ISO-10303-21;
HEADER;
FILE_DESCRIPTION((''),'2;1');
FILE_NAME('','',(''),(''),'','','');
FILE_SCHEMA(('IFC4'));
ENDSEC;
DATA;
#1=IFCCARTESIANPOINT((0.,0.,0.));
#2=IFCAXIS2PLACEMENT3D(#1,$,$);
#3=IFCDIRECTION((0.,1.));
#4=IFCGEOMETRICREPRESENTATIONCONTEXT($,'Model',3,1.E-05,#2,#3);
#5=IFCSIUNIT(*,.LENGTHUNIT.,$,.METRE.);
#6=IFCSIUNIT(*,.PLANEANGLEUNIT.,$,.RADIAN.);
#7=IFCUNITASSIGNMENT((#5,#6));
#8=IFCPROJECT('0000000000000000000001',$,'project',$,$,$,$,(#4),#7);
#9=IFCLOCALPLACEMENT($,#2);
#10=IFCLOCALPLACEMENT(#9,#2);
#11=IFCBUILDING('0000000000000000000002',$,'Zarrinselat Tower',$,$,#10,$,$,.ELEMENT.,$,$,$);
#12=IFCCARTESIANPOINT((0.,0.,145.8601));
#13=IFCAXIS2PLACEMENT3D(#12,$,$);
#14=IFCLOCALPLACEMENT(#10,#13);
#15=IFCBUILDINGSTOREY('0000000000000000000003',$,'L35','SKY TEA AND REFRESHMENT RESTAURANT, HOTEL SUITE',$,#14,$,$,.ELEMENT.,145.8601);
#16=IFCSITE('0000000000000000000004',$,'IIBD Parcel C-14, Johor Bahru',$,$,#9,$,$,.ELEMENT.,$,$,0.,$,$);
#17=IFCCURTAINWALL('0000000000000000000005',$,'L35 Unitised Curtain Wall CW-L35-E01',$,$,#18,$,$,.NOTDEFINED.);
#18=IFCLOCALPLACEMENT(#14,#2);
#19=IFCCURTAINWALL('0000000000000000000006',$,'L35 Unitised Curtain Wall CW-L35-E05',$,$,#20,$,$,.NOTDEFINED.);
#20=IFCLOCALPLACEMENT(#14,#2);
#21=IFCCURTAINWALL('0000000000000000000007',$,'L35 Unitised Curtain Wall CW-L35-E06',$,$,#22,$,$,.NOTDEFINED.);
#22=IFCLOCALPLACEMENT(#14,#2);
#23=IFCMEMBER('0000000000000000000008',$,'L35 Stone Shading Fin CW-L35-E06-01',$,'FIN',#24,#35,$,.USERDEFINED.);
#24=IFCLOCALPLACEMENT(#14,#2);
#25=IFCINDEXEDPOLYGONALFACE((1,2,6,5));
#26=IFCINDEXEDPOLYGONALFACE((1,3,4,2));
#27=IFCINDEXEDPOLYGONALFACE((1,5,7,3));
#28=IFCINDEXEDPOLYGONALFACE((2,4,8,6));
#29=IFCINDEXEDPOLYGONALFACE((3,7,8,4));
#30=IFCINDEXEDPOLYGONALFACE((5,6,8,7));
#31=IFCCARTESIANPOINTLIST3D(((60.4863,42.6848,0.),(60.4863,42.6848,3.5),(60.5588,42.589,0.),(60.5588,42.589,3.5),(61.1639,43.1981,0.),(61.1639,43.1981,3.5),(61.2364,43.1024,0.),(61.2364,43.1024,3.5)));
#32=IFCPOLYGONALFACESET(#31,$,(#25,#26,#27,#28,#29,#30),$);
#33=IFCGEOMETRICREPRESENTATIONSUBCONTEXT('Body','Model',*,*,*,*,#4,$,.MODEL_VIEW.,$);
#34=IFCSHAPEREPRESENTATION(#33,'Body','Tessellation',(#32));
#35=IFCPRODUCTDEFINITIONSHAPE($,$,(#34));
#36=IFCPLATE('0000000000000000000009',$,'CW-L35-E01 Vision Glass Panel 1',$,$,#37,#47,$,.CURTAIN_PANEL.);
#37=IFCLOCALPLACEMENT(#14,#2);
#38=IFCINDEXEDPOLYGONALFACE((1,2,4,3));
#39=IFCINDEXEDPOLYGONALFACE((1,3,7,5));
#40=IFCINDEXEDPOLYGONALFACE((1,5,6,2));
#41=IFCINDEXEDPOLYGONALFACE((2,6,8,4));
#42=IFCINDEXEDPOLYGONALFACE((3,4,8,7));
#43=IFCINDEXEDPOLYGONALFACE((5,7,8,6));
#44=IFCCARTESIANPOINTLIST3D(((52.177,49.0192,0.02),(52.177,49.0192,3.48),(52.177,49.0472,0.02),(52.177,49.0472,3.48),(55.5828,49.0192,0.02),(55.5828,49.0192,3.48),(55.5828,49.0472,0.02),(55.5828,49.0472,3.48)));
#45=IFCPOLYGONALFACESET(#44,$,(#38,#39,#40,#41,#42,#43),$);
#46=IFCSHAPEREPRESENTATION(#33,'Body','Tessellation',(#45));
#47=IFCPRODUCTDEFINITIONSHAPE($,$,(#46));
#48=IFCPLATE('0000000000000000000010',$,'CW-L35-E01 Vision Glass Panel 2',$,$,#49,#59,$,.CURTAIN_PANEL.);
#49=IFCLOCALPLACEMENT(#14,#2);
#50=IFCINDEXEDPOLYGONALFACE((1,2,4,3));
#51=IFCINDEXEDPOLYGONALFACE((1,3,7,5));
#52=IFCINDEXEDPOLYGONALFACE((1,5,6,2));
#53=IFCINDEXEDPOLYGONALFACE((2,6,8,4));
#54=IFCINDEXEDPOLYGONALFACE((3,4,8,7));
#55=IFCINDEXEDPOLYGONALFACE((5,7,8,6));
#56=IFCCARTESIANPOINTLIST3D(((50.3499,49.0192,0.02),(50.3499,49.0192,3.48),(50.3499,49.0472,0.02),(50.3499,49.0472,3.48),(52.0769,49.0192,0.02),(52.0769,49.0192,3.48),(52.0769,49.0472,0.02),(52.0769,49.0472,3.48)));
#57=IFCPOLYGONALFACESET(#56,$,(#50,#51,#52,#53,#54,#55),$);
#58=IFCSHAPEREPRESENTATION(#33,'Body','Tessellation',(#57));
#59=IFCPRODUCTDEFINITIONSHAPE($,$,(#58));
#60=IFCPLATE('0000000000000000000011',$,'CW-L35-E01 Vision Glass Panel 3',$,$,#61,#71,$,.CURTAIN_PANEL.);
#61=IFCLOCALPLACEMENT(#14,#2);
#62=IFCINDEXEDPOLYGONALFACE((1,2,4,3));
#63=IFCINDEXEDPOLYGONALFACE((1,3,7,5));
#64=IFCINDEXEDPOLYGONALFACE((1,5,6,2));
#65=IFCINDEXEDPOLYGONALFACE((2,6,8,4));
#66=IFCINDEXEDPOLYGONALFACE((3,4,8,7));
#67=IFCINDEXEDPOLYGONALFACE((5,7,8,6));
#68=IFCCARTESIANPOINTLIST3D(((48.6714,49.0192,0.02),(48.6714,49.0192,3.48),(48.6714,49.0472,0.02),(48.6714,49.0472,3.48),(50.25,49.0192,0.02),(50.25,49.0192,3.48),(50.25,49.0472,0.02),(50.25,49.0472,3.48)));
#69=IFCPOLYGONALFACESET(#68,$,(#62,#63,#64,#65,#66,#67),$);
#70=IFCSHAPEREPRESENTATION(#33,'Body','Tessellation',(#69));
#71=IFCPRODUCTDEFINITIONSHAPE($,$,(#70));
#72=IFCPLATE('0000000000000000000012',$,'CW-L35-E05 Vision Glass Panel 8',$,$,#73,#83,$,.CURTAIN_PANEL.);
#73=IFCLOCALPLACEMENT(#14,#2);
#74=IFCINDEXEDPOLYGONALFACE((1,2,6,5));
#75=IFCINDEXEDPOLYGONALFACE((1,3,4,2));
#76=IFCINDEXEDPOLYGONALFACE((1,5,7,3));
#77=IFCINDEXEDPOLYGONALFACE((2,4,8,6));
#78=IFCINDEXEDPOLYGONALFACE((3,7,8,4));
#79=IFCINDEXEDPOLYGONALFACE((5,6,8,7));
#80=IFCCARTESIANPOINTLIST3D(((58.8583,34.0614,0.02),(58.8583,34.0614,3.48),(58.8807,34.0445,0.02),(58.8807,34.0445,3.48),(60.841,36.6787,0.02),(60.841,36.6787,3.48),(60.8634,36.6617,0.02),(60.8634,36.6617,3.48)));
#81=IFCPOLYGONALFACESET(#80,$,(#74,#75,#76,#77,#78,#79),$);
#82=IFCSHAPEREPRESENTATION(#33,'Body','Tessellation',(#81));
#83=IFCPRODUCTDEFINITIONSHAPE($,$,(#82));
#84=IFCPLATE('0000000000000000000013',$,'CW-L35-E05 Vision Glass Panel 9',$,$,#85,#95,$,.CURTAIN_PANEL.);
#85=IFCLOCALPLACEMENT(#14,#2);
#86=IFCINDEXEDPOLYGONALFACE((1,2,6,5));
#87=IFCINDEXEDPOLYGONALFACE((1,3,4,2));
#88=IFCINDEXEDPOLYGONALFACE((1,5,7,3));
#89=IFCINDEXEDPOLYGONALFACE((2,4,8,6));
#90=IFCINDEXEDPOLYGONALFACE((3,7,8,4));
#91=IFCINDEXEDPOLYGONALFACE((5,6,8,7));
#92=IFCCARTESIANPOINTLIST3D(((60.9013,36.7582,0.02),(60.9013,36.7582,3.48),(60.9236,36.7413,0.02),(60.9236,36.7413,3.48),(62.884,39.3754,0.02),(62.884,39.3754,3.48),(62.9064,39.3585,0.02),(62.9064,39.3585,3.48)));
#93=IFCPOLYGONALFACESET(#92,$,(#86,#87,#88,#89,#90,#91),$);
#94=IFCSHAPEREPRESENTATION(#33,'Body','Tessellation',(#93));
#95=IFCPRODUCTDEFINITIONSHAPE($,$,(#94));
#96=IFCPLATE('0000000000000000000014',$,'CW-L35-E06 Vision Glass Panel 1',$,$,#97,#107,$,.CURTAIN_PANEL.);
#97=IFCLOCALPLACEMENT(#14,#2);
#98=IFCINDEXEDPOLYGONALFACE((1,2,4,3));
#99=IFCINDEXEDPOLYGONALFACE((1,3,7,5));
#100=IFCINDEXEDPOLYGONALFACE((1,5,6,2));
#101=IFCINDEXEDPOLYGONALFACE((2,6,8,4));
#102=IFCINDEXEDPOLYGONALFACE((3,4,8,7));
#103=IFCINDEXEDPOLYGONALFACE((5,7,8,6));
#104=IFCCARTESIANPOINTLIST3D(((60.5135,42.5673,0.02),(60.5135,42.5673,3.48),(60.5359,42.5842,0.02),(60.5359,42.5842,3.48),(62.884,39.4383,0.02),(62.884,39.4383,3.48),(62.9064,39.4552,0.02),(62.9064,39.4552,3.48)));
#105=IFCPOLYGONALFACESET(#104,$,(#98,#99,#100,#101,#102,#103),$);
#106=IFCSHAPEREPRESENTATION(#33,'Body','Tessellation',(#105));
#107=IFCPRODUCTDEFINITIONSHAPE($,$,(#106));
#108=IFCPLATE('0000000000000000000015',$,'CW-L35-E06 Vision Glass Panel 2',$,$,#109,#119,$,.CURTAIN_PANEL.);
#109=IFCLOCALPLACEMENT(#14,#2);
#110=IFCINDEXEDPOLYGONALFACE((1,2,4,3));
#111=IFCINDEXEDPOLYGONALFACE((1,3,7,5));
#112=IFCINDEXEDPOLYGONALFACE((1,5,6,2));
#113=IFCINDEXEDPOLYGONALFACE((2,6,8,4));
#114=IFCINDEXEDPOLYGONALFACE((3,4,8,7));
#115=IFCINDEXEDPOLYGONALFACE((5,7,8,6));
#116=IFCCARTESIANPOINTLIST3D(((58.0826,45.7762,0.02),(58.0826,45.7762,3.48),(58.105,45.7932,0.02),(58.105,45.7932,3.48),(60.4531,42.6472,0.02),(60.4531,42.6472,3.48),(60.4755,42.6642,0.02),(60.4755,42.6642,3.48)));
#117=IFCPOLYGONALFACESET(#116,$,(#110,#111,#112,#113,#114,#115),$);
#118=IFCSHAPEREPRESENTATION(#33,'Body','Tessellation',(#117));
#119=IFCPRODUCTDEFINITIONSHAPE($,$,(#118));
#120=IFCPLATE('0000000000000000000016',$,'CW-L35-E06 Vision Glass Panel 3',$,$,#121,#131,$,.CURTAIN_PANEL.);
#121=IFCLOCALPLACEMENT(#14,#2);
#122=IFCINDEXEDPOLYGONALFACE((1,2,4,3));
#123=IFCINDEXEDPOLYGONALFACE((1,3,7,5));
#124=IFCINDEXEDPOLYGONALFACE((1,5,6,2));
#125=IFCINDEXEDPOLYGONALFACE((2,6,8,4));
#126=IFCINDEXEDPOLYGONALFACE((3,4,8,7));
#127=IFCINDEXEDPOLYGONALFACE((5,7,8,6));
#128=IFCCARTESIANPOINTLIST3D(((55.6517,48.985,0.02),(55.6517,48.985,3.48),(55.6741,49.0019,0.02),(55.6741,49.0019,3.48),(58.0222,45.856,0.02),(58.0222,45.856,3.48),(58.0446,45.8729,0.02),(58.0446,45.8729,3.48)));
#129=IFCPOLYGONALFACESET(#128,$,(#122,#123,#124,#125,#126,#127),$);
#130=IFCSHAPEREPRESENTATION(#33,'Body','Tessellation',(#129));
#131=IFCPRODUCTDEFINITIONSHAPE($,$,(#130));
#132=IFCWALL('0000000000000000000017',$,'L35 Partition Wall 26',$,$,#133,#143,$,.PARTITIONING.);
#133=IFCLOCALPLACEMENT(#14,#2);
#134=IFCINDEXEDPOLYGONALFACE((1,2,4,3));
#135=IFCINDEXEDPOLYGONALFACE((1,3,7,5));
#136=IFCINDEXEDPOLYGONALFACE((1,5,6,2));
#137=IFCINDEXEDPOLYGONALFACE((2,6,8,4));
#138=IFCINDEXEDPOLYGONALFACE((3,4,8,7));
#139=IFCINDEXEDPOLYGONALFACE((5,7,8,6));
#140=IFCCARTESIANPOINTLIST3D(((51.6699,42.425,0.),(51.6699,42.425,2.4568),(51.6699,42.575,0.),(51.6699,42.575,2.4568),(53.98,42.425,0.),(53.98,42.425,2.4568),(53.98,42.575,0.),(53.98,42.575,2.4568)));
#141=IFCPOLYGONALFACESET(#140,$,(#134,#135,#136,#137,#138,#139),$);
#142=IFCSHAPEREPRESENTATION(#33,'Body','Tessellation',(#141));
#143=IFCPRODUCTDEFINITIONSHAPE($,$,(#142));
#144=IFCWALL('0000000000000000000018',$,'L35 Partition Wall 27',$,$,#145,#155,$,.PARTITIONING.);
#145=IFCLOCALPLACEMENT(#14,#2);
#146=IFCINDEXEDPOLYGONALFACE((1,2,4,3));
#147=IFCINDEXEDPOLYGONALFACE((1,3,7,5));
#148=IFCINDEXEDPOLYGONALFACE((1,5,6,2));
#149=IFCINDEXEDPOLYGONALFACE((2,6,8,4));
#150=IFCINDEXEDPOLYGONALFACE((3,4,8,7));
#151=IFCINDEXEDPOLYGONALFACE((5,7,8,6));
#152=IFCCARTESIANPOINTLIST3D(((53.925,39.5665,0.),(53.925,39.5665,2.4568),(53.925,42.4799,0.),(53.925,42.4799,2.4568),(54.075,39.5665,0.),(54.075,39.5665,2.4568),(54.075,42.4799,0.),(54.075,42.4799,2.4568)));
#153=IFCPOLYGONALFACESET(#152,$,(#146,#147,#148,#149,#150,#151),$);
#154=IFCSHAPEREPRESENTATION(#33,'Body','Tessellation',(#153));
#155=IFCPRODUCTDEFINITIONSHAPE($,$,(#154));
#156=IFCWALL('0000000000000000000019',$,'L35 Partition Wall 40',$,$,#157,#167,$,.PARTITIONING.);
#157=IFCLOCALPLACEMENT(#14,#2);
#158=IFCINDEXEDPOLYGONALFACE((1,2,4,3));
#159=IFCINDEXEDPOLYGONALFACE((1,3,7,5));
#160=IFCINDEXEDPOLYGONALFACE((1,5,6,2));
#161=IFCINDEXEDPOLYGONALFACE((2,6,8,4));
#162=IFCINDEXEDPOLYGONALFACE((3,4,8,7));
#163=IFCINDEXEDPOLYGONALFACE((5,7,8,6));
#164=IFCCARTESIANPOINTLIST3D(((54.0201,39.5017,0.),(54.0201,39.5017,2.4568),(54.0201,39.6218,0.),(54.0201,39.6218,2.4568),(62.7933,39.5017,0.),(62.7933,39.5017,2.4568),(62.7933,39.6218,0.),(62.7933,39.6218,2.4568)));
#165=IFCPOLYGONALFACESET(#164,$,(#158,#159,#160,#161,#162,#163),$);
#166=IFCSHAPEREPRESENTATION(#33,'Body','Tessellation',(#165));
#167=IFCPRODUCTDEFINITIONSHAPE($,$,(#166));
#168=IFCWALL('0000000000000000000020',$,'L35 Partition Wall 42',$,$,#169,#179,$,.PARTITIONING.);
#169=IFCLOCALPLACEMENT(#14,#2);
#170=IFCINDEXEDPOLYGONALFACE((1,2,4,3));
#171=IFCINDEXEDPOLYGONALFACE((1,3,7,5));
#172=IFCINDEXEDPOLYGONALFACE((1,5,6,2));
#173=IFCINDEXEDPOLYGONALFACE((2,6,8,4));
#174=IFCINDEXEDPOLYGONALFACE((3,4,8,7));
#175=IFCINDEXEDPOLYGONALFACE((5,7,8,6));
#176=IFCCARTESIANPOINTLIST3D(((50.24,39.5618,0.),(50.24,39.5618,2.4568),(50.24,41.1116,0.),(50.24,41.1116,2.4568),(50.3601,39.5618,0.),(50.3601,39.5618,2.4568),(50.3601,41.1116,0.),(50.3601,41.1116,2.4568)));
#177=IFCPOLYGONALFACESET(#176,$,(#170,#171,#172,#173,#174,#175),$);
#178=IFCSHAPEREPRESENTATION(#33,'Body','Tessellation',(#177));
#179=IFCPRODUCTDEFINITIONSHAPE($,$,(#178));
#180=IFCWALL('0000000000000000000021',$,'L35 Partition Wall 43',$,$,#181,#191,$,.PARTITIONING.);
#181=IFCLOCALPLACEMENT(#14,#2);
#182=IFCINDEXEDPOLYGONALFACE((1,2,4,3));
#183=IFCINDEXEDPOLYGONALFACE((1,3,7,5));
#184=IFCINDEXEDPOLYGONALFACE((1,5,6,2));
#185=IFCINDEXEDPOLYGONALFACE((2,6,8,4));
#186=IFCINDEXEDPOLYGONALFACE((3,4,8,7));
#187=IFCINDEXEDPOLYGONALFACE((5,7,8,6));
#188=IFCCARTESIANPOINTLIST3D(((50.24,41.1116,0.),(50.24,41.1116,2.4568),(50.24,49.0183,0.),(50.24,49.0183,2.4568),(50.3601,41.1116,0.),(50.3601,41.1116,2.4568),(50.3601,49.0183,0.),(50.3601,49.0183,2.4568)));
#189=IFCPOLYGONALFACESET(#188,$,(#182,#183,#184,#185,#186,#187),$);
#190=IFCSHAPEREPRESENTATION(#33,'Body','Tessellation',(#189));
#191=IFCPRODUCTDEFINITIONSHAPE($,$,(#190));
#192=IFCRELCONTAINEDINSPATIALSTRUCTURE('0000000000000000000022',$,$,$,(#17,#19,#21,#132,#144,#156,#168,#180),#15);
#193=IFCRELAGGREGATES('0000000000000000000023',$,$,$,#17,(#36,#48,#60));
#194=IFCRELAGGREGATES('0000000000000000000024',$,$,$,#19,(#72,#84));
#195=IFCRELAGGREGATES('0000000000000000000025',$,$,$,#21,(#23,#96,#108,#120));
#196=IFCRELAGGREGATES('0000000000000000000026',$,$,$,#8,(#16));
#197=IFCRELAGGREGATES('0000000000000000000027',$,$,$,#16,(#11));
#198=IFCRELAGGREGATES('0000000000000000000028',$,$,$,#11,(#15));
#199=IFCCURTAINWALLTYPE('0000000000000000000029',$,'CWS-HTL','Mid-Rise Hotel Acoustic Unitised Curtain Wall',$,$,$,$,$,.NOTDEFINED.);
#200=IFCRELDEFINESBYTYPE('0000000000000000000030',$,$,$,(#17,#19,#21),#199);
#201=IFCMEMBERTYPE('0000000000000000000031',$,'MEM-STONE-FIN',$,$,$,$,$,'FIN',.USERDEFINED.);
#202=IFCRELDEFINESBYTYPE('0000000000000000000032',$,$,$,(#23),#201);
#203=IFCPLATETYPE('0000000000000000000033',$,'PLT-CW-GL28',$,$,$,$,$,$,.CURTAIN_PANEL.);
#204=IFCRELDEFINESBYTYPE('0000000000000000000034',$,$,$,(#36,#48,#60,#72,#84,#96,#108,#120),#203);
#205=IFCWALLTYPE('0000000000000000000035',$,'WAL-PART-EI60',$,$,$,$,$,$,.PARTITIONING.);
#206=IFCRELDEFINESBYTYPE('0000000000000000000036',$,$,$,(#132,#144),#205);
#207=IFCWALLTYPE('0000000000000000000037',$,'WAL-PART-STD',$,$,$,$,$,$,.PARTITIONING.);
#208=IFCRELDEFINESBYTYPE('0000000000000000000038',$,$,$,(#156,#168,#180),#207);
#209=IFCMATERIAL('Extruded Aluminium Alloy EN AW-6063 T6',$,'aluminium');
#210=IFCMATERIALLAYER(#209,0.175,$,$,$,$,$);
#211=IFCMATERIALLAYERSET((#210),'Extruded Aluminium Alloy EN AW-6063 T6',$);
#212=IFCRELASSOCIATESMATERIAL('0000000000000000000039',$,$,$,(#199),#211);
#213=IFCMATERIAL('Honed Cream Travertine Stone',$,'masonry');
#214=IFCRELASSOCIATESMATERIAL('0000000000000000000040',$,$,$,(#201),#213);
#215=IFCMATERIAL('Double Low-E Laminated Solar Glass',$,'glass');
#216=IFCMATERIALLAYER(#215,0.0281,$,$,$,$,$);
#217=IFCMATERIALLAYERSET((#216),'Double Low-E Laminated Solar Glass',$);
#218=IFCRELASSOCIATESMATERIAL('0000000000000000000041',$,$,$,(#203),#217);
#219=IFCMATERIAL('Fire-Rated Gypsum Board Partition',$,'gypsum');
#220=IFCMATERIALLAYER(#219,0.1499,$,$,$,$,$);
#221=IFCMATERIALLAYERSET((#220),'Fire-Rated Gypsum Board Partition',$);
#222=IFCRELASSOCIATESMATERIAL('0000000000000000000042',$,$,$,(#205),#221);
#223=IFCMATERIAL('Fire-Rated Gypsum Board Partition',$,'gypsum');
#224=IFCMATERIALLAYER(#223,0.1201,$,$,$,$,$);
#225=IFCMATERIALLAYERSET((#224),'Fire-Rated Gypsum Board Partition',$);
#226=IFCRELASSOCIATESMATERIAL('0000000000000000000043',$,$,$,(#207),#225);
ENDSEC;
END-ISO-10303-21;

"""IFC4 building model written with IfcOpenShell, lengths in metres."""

from ifc_helpers import new_model, si_unit, direction, frame, frame_2d, origin, origin_2d, place, context, subcontext, project, spatial, rectangle, extrude, material, layer, layer_set, material_profile, profile_set, type_object, element, aggregate, save


model = new_model("IFC4")

# Units and contexts
model_context = context("Model", 3, precision=1e-05, world=origin(), true_north=direction((0.0, 1.0)))
body_context = subcontext(model_context, "Body", "Model", "MODEL_VIEW")
ifc_project = project(units=[si_unit("LENGTHUNIT", "METRE"), si_unit("PLANEANGLEUNIT", "RADIAN")], contexts=[model_context])

# Site, building, storey
site_placement = place(None, origin())
site = spatial("IfcSite", under=ifc_project, at=site_placement, Name="IIBD Parcel C-14, Johor Bahru", CompositionType="ELEMENT", RefElevation=0.0)
building_placement = place(site_placement, origin())
building = spatial("IfcBuilding", under=site, at=building_placement, Name="Zarrinselat Tower", CompositionType="ELEMENT")
storey_placement = place(building_placement, frame((0.0, 0.0, 145.8601)))
storey = spatial("IfcBuildingStorey", under=building, at=storey_placement, Name="L35", Description="SKY TEA AND REFRESHMENT RESTAURANT, HOTEL SUITE", CompositionType="ELEMENT", Elevation=145.8601)

# Curtain walls
ifc_material_1 = material(Name="Extruded Aluminium Alloy EN AW-6063 T6", Category="aluminium")
ifc_layer_1 = layer(ifc_material_1, 0.175)
ifc_layer_set_1 = layer_set([ifc_layer_1], Name="Extruded Aluminium Alloy EN AW-6063 T6")
curtain_wall_type = type_object("IfcCurtainWallType", Name="CWS-HTL", Description="Mid-Rise Hotel Acoustic Unitised Curtain Wall", PredefinedType="NOTDEFINED", material=ifc_layer_set_1)
curtain_wall_1_placement = place(storey_placement, origin())
curtain_wall_1 = element("IfcCurtainWall", 1, at=curtain_wall_1_placement, inside=storey, type_object=curtain_wall_type, Name="L35 Unitised Curtain Wall CW-L35-E01", PredefinedType="NOTDEFINED")
curtain_wall_2_placement = place(storey_placement, origin())
curtain_wall_2 = element("IfcCurtainWall", 2, at=curtain_wall_2_placement, inside=storey, type_object=curtain_wall_type, Name="L35 Unitised Curtain Wall CW-L35-E05", PredefinedType="NOTDEFINED")
curtain_wall_3_placement = place(storey_placement, origin())
curtain_wall_3 = element("IfcCurtainWall", 3, at=curtain_wall_3_placement, inside=storey, type_object=curtain_wall_type, Name="L35 Unitised Curtain Wall CW-L35-E06", PredefinedType="NOTDEFINED")

# Member
ifc_material_2 = material(Name="Honed Cream Travertine Stone", Category="masonry")
ifc_material_profile_1 = material_profile(ifc_material_2, rectangle(XDim=0.1201, YDim=0.8501, at=origin_2d()), Name="FIN 850x120")
ifc_profile_set_1 = profile_set([ifc_material_profile_1], Name="Honed Cream Travertine Stone")
member_type_1 = type_object("IfcMemberType", Name="MEM-STONE-FIN", ElementType="FIN", PredefinedType="USERDEFINED", material=ifc_profile_set_1)
member_1_placement = place(storey_placement, frame((60.8613, 42.8936, 0.0), z_axis=(0.0, 0.0, 1.0), x_axis=(0.603862, -0.797089, 0.0)))
member_1 = element("IfcMember", 4, at=member_1_placement, type_object=member_type_1, Name="L35 Stone Shading Fin CW-L35-E06-01", ObjectType="FIN", PredefinedType="USERDEFINED", context=body_context, shape_type="SweptSolid", body=[
    extrude(rectangle(XDim=0.1201, YDim=0.8501, at=origin_2d()), origin(), (0.0, 0.0, 1.0), 3.5),
])

# Plates
ifc_material_3 = material(Name="Double Low-E Laminated Solar Glass", Category="glass")
ifc_layer_2 = layer(ifc_material_3, 0.0281)
ifc_layer_set_2 = layer_set([ifc_layer_2], Name="Double Low-E Laminated Solar Glass")
plate_type = type_object("IfcPlateType", Name="PLT-CW-GL28", PredefinedType="CURTAIN_PANEL", material=ifc_layer_set_2)
plate_1_placement = place(storey_placement, frame((53.8799, 49.0332, 0.02), z_axis=(0.0, 0.0, 1.0), x_axis=(-1.0, 0.0, 0.0)))
plate_1 = element("IfcPlate", 5, at=plate_1_placement, type_object=plate_type, Name="CW-L35-E01 Vision Glass Panel 1", PredefinedType="CURTAIN_PANEL", context=body_context, shape_type="SweptSolid", body=[
    extrude(rectangle(XDim=3.4058, YDim=0.0281, at=origin_2d()), origin(), (0.0, 0.0, 1.0), 3.46),
])
plate_2_placement = place(storey_placement, frame((51.2134, 49.0332, 0.02), z_axis=(0.0, 0.0, 1.0), x_axis=(-1.0, 0.0, 0.0)))
plate_2 = element("IfcPlate", 6, at=plate_2_placement, type_object=plate_type, Name="CW-L35-E01 Vision Glass Panel 2", PredefinedType="CURTAIN_PANEL", context=body_context, shape_type="SweptSolid", body=[
    extrude(rectangle(XDim=1.7271, YDim=0.0281, at=origin_2d()), origin(), (0.0, 0.0, 1.0), 3.46),
])
plate_3_placement = place(storey_placement, frame((49.4607, 49.0332, 0.02), z_axis=(0.0, 0.0, 1.0), x_axis=(-1.0, 0.0, 0.0)))
plate_3 = element("IfcPlate", 7, at=plate_3_placement, type_object=plate_type, Name="CW-L35-E01 Vision Glass Panel 3", PredefinedType="CURTAIN_PANEL", context=body_context, shape_type="SweptSolid", body=[
    extrude(rectangle(XDim=1.5786, YDim=0.0281, at=origin_2d()), origin(), (0.0, 0.0, 1.0), 3.46),
])
aggregate(curtain_wall_1, [plate_1, plate_2, plate_3])
plate_4_placement = place(storey_placement, frame((59.8608, 35.3616, 0.02), z_axis=(0.0, 0.0, 1.0), x_axis=(0.603858, 0.797092, 0.0)))
plate_4 = element("IfcPlate", 8, at=plate_4_placement, type_object=plate_type, Name="CW-L35-E05 Vision Glass Panel 8", PredefinedType="CURTAIN_PANEL", context=body_context, shape_type="SweptSolid", body=[
    extrude(rectangle(XDim=3.2834, YDim=0.0281, at=origin_2d()), origin(), (0.0, 0.0, 1.0), 3.46),
])
plate_5_placement = place(storey_placement, frame((61.9038, 38.0583, 0.02), z_axis=(0.0, 0.0, 1.0), x_axis=(0.603858, 0.797092, 0.0)))
plate_5 = element("IfcPlate", 9, at=plate_5_placement, type_object=plate_type, Name="CW-L35-E05 Vision Glass Panel 9", PredefinedType="CURTAIN_PANEL", context=body_context, shape_type="SweptSolid", body=[
    extrude(rectangle(XDim=3.2834, YDim=0.0281, at=origin_2d()), origin(), (0.0, 0.0, 1.0), 3.46),
])
aggregate(curtain_wall_2, [plate_4, plate_5])
plate_6_placement = place(storey_placement, frame((61.71, 41.0112, 0.02), z_axis=(0.0, 0.0, 1.0), x_axis=(-0.603862, 0.797089, 0.0)))
plate_6 = element("IfcPlate", 10, at=plate_6_placement, type_object=plate_type, Name="CW-L35-E06 Vision Glass Panel 1", PredefinedType="CURTAIN_PANEL", context=body_context, shape_type="SweptSolid", body=[
    extrude(rectangle(XDim=3.9255, YDim=0.0281, at=origin_2d()), origin(), (0.0, 0.0, 1.0), 3.46),
])
plate_7_placement = place(storey_placement, frame((59.2791, 44.2202, 0.02), z_axis=(0.0, 0.0, 1.0), x_axis=(-0.603862, 0.797089, 0.0)))
plate_7 = element("IfcPlate", 11, at=plate_7_placement, type_object=plate_type, Name="CW-L35-E06 Vision Glass Panel 2", PredefinedType="CURTAIN_PANEL", context=body_context, shape_type="SweptSolid", body=[
    extrude(rectangle(XDim=3.9255, YDim=0.0281, at=origin_2d()), origin(), (0.0, 0.0, 1.0), 3.46),
])
plate_8_placement = place(storey_placement, frame((56.8481, 47.429, 0.02), z_axis=(0.0, 0.0, 1.0), x_axis=(-0.603862, 0.797089, 0.0)))
plate_8 = element("IfcPlate", 12, at=plate_8_placement, type_object=plate_type, Name="CW-L35-E06 Vision Glass Panel 3", PredefinedType="CURTAIN_PANEL", context=body_context, shape_type="SweptSolid", body=[
    extrude(rectangle(XDim=3.9255, YDim=0.0281, at=origin_2d()), origin(), (0.0, 0.0, 1.0), 3.46),
])
aggregate(curtain_wall_3, [member_1, plate_6, plate_7, plate_8])

# Walls
ifc_material_4 = material(Name="Fire-Rated Gypsum Board Partition", Category="gypsum")
ifc_layer_3 = layer(ifc_material_4, 0.1499)
ifc_layer_set_3 = layer_set([ifc_layer_3], Name="Fire-Rated Gypsum Board Partition")
wall_type_1 = type_object("IfcWallType", Name="WAL-PART-EI60", PredefinedType="PARTITIONING", material=ifc_layer_set_3)
wall_1_placement = place(storey_placement, frame((51.6699, 42.5, 0.0), z_axis=(0.0, 0.0, 1.0), x_axis=(1.0, 0.0, 0.0)))
element("IfcWall", 13, at=wall_1_placement, inside=storey, type_object=wall_type_1, Name="L35 Partition Wall 26", PredefinedType="PARTITIONING", context=body_context, shape_type="SweptSolid", body=[
    extrude(rectangle(XDim=2.3101, YDim=0.1499, at=frame_2d((1.155, 0.0))), origin(), (0.0, 0.0, 1.0), 2.4568),
])
wall_2_placement = place(storey_placement, frame((54.0, 39.5667, 0.0), z_axis=(0.0, 0.0, 1.0), x_axis=(0.0, 1.0, 0.0)))
element("IfcWall", 14, at=wall_2_placement, inside=storey, type_object=wall_type_1, Name="L35 Partition Wall 27", PredefinedType="PARTITIONING", context=body_context, shape_type="SweptSolid", body=[
    extrude(rectangle(XDim=2.9133, YDim=0.1499, at=frame_2d((1.4565, 0.0))), origin(), (0.0, 0.0, 1.0), 2.4568),
])
ifc_material_5 = material(Name="Fire-Rated Gypsum Board Partition", Category="gypsum")
ifc_layer_4 = layer(ifc_material_5, 0.1201)
ifc_layer_set_4 = layer_set([ifc_layer_4], Name="Fire-Rated Gypsum Board Partition")
wall_type_2 = type_object("IfcWallType", Name="WAL-PART-STD", PredefinedType="PARTITIONING", material=ifc_layer_set_4)
wall_3_placement = place(storey_placement, frame((54.02, 39.5618, 0.0), z_axis=(0.0, 0.0, 1.0), x_axis=(1.0, 0.0, 0.0)))
element("IfcWall", 15, at=wall_3_placement, inside=storey, type_object=wall_type_2, Name="L35 Partition Wall 40", PredefinedType="PARTITIONING", context=body_context, shape_type="SweptSolid", body=[
    extrude(rectangle(XDim=8.7732, YDim=0.1201, at=frame_2d((4.3867, 0.0))), origin(), (0.0, 0.0, 1.0), 2.4568),
])
wall_4_placement = place(storey_placement, frame((50.3, 39.5618, 0.0), z_axis=(0.0, 0.0, 1.0), x_axis=(0.0, 1.0, 0.0)))
element("IfcWall", 16, at=wall_4_placement, inside=storey, type_object=wall_type_2, Name="L35 Partition Wall 42", PredefinedType="PARTITIONING", context=body_context, shape_type="SweptSolid", body=[
    extrude(rectangle(XDim=1.5498, YDim=0.1201, at=frame_2d((0.7749, 0.0))), origin(), (0.0, 0.0, 1.0), 2.4568),
])
wall_5_placement = place(storey_placement, frame((50.3, 41.1116, 0.0), z_axis=(0.0, 0.0, 1.0), x_axis=(0.0, 1.0, 0.0)))
element("IfcWall", 17, at=wall_5_placement, inside=storey, type_object=wall_type_2, Name="L35 Partition Wall 43", PredefinedType="PARTITIONING", context=body_context, shape_type="SweptSolid", body=[
    extrude(rectangle(XDim=7.9067, YDim=0.1201, at=frame_2d((3.9534, 0.0))), origin(), (0.0, 0.0, 1.0), 2.4568),
])

save(model, "model.ifc")
